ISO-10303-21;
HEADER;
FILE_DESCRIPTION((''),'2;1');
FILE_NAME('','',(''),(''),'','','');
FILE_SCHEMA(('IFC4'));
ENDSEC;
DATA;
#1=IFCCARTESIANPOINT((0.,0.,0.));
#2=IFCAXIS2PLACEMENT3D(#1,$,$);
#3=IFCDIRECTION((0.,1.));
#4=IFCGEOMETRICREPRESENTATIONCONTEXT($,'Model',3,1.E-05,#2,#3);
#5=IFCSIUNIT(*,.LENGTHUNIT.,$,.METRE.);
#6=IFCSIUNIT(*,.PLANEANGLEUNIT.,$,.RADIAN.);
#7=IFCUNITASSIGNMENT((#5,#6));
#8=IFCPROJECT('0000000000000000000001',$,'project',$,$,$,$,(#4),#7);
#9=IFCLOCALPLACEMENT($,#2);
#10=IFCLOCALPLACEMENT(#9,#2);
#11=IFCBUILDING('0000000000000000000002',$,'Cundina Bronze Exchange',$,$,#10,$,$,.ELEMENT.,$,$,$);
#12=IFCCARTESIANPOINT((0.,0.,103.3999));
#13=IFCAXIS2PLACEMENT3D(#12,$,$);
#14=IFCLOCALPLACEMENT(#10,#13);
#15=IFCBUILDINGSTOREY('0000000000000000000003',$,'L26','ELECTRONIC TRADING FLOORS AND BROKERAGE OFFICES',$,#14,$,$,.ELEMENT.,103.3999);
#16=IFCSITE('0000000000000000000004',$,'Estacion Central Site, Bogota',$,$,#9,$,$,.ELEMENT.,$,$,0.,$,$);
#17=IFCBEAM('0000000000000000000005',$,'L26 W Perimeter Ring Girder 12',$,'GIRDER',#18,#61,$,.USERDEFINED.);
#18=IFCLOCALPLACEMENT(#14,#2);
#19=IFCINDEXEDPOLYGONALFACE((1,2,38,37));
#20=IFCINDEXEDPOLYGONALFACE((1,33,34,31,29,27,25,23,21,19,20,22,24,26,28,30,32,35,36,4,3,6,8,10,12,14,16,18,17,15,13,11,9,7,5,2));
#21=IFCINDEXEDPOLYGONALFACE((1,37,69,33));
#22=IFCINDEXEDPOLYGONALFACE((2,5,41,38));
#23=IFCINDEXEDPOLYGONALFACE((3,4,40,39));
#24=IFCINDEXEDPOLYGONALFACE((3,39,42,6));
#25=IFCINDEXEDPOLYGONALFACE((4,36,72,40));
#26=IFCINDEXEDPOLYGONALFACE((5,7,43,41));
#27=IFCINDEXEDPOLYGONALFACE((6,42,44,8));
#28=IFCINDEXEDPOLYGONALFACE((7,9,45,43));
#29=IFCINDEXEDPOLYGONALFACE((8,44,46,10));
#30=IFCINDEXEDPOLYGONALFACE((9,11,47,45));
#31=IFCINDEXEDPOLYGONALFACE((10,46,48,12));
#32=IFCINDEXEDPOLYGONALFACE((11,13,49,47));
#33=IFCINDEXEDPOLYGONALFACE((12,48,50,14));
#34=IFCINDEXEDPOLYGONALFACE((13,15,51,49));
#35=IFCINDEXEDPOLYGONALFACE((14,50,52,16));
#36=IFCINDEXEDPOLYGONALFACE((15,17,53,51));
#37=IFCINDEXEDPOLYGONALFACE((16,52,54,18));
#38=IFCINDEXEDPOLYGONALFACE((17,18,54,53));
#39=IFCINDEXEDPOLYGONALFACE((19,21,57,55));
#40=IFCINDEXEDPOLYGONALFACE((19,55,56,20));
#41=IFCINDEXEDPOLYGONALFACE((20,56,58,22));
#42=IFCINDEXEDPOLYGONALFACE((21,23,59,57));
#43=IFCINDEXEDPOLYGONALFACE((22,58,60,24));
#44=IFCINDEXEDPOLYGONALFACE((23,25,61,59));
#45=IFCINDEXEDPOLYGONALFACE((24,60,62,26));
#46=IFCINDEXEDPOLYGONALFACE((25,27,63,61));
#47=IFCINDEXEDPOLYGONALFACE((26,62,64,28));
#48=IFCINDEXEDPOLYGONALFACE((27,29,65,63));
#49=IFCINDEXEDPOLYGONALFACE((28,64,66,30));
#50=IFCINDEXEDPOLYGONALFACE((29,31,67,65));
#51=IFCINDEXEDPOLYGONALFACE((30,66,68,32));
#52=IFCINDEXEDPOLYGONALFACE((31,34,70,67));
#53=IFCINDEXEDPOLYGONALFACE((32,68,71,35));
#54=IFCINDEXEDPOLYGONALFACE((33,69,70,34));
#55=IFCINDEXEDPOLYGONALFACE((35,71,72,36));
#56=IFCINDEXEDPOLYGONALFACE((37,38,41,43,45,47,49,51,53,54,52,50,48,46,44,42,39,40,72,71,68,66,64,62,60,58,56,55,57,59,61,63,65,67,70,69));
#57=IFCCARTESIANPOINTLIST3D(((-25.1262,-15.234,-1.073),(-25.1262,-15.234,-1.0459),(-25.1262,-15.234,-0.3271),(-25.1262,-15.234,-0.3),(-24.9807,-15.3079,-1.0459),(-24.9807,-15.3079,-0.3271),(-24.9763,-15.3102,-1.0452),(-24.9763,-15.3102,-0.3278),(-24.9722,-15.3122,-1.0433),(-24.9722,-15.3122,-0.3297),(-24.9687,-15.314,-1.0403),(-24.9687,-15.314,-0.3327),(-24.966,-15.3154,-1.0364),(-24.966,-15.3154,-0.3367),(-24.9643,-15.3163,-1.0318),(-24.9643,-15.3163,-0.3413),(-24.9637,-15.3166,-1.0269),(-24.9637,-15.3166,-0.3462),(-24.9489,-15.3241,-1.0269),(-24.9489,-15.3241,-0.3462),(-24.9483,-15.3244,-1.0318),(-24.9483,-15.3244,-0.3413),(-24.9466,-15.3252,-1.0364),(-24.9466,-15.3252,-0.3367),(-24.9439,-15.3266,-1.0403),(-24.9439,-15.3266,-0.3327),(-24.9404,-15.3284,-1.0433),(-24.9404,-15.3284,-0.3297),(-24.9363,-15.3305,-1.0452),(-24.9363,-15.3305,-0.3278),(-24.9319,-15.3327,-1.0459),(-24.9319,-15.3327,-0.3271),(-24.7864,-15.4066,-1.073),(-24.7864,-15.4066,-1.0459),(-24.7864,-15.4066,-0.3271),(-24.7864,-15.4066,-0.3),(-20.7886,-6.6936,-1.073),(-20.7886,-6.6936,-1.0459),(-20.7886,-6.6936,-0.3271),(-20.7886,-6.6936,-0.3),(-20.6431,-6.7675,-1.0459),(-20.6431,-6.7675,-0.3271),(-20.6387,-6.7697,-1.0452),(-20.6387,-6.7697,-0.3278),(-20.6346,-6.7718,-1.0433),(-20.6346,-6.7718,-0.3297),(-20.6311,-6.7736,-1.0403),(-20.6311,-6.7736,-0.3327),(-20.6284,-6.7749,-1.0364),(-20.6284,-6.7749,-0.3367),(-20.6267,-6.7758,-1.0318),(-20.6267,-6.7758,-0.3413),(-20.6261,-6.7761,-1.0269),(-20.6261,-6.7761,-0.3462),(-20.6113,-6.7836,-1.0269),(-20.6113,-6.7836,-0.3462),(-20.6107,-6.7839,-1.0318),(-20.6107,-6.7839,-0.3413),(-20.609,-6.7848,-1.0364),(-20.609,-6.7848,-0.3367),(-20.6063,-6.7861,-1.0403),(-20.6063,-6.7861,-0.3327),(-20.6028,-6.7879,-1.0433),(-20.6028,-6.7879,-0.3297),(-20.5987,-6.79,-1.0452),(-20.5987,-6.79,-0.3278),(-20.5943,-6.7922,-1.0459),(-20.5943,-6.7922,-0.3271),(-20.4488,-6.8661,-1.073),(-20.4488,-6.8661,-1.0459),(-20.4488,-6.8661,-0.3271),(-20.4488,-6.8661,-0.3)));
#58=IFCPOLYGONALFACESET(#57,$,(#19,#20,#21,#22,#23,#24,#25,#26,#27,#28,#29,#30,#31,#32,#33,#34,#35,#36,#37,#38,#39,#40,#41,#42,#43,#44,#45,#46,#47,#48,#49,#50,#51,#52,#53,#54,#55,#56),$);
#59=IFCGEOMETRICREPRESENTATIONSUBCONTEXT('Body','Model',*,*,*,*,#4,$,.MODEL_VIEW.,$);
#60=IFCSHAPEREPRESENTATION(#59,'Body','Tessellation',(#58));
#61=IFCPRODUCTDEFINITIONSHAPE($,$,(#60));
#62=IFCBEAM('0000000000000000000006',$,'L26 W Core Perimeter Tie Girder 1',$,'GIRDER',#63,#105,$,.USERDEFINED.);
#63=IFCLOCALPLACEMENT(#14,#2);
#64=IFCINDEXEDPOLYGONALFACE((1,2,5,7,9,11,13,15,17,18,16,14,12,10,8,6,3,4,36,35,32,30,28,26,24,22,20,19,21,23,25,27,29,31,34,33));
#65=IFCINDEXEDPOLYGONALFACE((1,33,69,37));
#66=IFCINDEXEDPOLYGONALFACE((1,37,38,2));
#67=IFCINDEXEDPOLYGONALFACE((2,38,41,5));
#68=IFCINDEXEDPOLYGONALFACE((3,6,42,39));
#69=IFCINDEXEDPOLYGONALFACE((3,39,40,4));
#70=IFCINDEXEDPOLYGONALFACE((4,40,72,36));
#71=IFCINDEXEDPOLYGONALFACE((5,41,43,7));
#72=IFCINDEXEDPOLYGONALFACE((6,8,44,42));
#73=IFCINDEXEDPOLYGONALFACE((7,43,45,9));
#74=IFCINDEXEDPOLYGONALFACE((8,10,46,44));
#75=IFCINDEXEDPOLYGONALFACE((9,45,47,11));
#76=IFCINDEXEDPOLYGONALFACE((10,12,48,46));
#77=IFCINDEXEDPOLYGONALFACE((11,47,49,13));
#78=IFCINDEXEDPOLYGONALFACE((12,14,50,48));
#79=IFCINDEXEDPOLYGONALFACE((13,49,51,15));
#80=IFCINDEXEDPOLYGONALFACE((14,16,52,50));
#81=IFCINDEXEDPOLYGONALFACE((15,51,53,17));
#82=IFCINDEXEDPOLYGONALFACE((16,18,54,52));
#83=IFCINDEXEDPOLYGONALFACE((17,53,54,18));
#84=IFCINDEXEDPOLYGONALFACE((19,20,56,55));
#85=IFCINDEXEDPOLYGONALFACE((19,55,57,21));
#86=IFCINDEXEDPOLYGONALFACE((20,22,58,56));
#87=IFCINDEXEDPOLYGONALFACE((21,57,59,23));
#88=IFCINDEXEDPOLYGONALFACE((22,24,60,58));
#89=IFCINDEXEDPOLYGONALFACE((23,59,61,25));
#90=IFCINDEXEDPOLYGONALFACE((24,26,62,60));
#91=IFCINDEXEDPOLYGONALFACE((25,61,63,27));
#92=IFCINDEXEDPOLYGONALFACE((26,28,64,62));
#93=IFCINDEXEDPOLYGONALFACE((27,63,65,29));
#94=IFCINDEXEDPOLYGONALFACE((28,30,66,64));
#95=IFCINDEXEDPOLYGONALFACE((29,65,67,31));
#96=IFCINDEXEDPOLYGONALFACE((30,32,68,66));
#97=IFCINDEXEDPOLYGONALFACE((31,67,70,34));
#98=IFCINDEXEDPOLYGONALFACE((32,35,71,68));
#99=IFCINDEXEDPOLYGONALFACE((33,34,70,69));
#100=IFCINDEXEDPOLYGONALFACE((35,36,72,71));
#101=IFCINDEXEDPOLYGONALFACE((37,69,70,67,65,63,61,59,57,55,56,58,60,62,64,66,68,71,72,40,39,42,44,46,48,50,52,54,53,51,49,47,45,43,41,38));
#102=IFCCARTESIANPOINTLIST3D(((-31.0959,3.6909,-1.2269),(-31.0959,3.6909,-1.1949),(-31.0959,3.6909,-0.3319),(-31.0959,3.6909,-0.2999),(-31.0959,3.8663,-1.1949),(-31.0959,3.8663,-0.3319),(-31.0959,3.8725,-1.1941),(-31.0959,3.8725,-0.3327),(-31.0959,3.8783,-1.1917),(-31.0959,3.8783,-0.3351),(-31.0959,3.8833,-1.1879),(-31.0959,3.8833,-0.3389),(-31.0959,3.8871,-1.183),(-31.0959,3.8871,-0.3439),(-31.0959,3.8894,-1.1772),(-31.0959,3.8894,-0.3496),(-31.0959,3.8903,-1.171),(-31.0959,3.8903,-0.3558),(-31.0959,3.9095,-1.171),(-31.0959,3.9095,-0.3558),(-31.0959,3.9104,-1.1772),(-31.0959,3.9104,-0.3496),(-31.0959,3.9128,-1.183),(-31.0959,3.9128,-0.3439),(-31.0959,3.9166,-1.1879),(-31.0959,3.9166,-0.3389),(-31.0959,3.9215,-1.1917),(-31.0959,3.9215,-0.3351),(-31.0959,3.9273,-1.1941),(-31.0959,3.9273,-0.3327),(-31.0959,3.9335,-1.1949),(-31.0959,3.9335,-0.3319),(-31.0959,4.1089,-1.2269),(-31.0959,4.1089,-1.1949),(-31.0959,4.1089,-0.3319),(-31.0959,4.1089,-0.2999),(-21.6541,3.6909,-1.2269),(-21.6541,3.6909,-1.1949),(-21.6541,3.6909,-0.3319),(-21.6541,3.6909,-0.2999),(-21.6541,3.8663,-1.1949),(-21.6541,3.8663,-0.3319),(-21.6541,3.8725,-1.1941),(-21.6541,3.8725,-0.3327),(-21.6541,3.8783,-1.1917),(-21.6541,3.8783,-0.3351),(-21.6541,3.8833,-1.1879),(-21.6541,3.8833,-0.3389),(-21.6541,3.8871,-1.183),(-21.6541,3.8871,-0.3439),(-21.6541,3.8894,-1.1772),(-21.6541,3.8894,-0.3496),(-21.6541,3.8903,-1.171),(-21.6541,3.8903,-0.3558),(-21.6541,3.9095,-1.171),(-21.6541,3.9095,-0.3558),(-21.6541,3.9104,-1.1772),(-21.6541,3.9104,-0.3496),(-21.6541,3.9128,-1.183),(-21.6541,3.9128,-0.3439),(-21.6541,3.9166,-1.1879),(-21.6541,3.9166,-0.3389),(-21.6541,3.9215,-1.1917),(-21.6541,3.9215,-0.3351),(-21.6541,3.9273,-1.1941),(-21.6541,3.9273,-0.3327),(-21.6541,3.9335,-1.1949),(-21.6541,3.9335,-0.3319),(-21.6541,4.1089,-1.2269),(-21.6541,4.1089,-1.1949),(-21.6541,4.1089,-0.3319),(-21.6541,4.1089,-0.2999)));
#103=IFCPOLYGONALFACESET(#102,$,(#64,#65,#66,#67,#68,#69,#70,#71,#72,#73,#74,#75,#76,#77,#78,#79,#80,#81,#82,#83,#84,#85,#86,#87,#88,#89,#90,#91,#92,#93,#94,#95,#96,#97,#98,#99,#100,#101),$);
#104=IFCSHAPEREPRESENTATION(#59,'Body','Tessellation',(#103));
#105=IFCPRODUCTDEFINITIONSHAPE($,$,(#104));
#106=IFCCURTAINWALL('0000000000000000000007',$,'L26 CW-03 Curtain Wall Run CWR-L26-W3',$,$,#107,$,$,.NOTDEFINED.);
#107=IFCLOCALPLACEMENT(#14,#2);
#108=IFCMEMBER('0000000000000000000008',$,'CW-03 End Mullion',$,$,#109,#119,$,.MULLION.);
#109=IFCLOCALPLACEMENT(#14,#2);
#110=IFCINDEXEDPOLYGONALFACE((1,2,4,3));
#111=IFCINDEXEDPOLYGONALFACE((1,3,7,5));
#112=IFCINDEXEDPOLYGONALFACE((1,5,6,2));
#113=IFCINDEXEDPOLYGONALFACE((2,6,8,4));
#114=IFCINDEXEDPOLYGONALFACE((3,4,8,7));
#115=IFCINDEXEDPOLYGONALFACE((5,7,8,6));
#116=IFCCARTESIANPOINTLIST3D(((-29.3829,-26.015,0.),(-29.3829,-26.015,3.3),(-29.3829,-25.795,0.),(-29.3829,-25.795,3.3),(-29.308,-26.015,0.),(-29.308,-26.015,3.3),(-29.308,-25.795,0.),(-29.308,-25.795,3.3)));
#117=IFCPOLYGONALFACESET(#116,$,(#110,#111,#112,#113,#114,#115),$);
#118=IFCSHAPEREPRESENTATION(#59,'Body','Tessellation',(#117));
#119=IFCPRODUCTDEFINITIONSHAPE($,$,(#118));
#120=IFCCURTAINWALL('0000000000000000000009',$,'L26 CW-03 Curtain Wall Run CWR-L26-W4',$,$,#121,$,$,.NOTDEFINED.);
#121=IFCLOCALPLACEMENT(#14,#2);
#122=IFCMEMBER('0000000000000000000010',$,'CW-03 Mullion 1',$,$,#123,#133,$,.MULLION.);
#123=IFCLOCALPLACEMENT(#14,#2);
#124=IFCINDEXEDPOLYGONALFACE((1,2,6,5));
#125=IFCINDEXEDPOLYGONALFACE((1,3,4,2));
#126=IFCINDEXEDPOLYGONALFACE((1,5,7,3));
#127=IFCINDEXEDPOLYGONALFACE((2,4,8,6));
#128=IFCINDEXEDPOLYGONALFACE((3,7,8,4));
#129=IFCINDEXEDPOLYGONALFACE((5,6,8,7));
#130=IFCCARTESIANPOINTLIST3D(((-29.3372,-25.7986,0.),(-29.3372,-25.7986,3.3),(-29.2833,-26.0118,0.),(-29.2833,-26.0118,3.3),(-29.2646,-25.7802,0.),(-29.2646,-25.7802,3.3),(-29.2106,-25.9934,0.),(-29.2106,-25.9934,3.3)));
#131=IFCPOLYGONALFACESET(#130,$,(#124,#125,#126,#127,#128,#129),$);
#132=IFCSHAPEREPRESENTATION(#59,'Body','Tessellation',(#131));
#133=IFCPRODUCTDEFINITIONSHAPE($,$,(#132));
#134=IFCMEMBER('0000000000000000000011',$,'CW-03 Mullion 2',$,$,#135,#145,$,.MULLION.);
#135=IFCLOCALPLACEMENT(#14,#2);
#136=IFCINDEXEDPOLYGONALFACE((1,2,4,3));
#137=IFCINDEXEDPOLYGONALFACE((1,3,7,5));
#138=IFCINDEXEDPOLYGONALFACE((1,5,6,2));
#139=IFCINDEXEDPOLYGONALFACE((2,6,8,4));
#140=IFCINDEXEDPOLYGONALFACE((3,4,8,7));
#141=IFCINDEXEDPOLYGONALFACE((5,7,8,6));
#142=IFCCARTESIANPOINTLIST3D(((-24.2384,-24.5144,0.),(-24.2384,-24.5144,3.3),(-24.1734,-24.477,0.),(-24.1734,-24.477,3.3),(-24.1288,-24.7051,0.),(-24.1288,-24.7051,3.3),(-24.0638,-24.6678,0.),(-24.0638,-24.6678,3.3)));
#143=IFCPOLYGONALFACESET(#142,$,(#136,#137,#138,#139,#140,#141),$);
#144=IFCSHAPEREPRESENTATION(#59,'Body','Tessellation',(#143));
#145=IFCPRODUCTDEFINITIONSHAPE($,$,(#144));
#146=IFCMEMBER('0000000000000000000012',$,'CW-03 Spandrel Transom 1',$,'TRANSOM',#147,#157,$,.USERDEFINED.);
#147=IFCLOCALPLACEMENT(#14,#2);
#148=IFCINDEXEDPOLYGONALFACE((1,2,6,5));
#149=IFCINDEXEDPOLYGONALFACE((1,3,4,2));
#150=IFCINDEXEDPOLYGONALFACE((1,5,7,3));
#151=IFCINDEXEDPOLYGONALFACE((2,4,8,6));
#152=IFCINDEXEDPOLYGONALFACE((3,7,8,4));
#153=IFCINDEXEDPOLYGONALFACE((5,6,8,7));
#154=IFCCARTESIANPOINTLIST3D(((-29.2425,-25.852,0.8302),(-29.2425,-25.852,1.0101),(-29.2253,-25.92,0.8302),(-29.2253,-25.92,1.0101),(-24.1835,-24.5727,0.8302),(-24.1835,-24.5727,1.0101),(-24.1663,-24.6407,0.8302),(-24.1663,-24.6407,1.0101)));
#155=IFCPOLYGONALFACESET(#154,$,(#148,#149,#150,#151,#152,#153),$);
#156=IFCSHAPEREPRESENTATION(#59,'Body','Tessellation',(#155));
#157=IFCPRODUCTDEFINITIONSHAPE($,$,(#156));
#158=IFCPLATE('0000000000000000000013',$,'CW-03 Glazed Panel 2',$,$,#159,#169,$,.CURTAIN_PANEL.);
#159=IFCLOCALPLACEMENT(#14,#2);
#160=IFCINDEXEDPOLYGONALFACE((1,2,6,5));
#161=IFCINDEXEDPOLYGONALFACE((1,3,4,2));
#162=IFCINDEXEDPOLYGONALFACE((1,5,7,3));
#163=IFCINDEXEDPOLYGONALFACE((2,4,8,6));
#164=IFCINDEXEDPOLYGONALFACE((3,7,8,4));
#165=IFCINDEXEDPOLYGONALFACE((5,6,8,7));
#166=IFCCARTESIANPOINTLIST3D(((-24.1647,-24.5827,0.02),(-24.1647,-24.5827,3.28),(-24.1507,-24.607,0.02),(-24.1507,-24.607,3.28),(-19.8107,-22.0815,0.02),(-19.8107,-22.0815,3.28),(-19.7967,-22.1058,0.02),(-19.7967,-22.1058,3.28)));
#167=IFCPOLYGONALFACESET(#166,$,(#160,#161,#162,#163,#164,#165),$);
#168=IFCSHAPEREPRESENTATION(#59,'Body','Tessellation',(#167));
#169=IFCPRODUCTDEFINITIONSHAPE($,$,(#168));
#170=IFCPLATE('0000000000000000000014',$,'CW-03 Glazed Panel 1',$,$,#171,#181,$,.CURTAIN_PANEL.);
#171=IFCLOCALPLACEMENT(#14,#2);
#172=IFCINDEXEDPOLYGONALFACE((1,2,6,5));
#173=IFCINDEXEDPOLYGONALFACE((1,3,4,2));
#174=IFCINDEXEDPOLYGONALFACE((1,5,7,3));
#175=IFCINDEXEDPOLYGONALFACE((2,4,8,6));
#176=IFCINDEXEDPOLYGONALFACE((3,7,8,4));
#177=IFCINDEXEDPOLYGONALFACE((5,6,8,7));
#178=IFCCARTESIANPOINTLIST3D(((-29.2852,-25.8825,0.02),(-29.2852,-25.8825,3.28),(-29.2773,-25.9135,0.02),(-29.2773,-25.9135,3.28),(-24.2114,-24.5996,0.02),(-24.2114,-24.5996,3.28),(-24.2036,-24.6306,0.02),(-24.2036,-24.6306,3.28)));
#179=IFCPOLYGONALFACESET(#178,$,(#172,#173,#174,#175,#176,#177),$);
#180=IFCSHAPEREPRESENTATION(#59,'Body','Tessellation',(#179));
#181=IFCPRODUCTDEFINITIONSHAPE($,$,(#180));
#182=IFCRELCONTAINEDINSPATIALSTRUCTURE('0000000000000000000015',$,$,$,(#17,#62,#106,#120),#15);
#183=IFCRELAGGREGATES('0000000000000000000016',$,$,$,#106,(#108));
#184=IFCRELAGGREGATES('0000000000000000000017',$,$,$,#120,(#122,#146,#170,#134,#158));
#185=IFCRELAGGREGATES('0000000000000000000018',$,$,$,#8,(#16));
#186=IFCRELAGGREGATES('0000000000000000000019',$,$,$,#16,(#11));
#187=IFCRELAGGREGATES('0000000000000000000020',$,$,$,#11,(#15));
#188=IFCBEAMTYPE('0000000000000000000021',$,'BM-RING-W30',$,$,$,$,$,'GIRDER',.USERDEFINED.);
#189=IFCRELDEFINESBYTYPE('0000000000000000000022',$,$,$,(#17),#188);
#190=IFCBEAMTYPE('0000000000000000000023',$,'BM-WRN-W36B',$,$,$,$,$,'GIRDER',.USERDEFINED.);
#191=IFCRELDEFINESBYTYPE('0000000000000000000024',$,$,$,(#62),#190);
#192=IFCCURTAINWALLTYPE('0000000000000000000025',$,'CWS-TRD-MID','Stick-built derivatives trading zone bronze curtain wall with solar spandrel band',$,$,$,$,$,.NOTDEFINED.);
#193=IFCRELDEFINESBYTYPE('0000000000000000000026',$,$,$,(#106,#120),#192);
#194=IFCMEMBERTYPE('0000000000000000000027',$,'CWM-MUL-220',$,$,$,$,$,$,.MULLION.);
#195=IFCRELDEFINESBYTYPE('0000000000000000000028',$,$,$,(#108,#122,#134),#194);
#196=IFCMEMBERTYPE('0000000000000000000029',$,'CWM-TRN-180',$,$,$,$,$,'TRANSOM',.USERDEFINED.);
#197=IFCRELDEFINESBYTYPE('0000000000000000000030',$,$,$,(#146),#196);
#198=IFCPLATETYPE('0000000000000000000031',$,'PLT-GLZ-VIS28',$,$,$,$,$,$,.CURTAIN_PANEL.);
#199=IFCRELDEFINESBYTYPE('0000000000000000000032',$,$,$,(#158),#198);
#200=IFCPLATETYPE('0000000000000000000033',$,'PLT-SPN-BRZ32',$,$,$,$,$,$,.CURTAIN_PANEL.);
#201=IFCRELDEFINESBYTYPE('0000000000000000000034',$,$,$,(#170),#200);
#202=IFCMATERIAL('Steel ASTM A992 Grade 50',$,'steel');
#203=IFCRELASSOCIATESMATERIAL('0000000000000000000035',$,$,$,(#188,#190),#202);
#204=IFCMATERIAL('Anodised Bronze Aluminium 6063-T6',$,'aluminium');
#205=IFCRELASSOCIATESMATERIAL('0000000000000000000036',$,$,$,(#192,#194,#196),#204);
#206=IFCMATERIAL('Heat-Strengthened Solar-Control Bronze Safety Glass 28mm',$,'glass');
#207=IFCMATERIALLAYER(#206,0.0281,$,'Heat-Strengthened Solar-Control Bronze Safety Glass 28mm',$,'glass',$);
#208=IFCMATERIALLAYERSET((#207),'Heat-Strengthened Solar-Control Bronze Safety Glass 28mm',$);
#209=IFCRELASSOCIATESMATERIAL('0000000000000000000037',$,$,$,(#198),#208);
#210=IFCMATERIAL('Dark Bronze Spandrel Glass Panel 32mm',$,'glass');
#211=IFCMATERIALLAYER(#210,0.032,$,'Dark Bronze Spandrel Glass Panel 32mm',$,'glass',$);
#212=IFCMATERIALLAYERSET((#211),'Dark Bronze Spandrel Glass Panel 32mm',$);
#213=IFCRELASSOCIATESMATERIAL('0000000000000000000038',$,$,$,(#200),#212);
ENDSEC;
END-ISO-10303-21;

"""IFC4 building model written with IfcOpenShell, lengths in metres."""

from ifc_helpers import new_model, si_unit, direction, frame, origin, origin_2d, place, context, subcontext, project, spatial, rectangle, i_section, extrude, material, layer, layer_set, material_profile, profile_set, type_object, element, aggregate, save


model = new_model("IFC4")

# Units and contexts
model_context = context("Model", 3, precision=1e-05, world=origin(), true_north=direction((0.0, 1.0)))
body_context = subcontext(model_context, "Body", "Model", "MODEL_VIEW")
ifc_project = project(units=[si_unit("LENGTHUNIT", "METRE"), si_unit("PLANEANGLEUNIT", "RADIAN")], contexts=[model_context])

# Site, building, storey
site_placement = place(None, origin())
site = spatial("IfcSite", under=ifc_project, at=site_placement, Name="Estacion Central Site, Bogota", CompositionType="ELEMENT", RefElevation=0.0)
building_placement = place(site_placement, origin())
building = spatial("IfcBuilding", under=site, at=building_placement, Name="Cundina Bronze Exchange", CompositionType="ELEMENT")
storey_placement = place(building_placement, frame((0.0, 0.0, 103.3999)))
storey = spatial("IfcBuildingStorey", under=building, at=storey_placement, Name="L26", Description="ELECTRONIC TRADING FLOORS AND BROKERAGE OFFICES", CompositionType="ELEMENT", Elevation=103.3999)

# Shared definitions
ifc_material_1 = material(Name="Steel ASTM A992 Grade 50", Category="steel")

# Beams
ifc_material_profile_1 = material_profile(ifc_material_1, i_section(OverallWidth=0.3811, OverallDepth=0.7729, WebThickness=0.0166, FlangeThickness=0.0271, FilletRadius=0.019, at=origin_2d()), Name="W30X173", Category="steel")
ifc_profile_set_1 = profile_set([ifc_material_profile_1], Name="Steel ASTM A992 Grade 50")
beam_type_1 = type_object("IfcBeamType", Name="BM-RING-W30", ElementType="GIRDER", PredefinedType="USERDEFINED", material=ifc_profile_set_1)
beam_1_placement = place(storey_placement, frame((-24.9563, -15.3203, -0.6865), z_axis=(0.452832, 0.891596, 0.0), x_axis=(-0.891596, 0.452832, 0.0)))
element("IfcBeam", 1, at=beam_1_placement, inside=storey, type_object=beam_type_1, Name="L26 W Perimeter Ring Girder 12", ObjectType="GIRDER", PredefinedType="USERDEFINED", context=body_context, shape_type="SweptSolid", body=[
    extrude(i_section(OverallWidth=0.3811, OverallDepth=0.7729, WebThickness=0.0166, FlangeThickness=0.0271, FilletRadius=0.019, at=origin_2d()), origin(), (0.0, 0.0, 1.0), 9.5789),
])
ifc_material_profile_2 = material_profile(ifc_material_1, i_section(OverallWidth=0.418, OverallDepth=0.927, WebThickness=0.0193, FlangeThickness=0.032, FilletRadius=0.0239, at=origin_2d()), Name="W36X231", Category="steel")
ifc_profile_set_2 = profile_set([ifc_material_profile_2], Name="Steel ASTM A992 Grade 50")
beam_type_2 = type_object("IfcBeamType", Name="BM-WRN-W36B", ElementType="GIRDER", PredefinedType="USERDEFINED", material=ifc_profile_set_2)
beam_2_placement = place(storey_placement, frame((-31.0959, 3.8999, -0.7634), z_axis=(1.0, 0.0, 0.0), x_axis=(0.0, 1.0, 0.0)))
element("IfcBeam", 2, at=beam_2_placement, inside=storey, type_object=beam_type_2, Name="L26 W Core Perimeter Tie Girder 1", ObjectType="GIRDER", PredefinedType="USERDEFINED", context=body_context, shape_type="SweptSolid", body=[
    extrude(i_section(OverallWidth=0.418, OverallDepth=0.927, WebThickness=0.0193, FlangeThickness=0.032, FilletRadius=0.0239, at=origin_2d()), origin(), (0.0, 0.0, 1.0), 9.4419),
])

# Curtain wall, member
ifc_material_2 = material(Name="Anodised Bronze Aluminium 6063-T6", Category="aluminium")
curtain_wall_type = type_object("IfcCurtainWallType", Name="CWS-TRD-MID", Description="Stick-built derivatives trading zone bronze curtain wall with solar spandrel band", PredefinedType="NOTDEFINED", material=ifc_material_2)
curtain_wall_1_placement = place(storey_placement, origin())
curtain_wall_1 = element("IfcCurtainWall", 3, at=curtain_wall_1_placement, inside=storey, type_object=curtain_wall_type, Name="L26 CW-03 Curtain Wall Run CWR-L26-W3", PredefinedType="NOTDEFINED")
ifc_material_profile_3 = material_profile(ifc_material_2, rectangle(XDim=0.075, YDim=0.22, at=origin_2d()), Name="AL75X220", Category="aluminium")
ifc_profile_set_3 = profile_set([ifc_material_profile_3], Name="Anodised Bronze Aluminium 6063-T6")
member_type_1 = type_object("IfcMemberType", Name="CWM-MUL-220", PredefinedType="MULLION", material=ifc_profile_set_3)
member_1_placement = place(storey_placement, frame((-29.3455, -25.905, 0.0), z_axis=(0.0, 0.0, 1.0), x_axis=(1.0, 0.0, 0.0)))
member_1 = element("IfcMember", 4, at=member_1_placement, type_object=member_type_1, Name="CW-03 End Mullion", PredefinedType="MULLION", context=body_context, shape_type="SweptSolid", body=[
    extrude(rectangle(XDim=0.075, YDim=0.22, at=origin_2d()), origin(), (0.0, 0.0, 1.0), 3.3),
])
aggregate(curtain_wall_1, [member_1])

# Curtain wall, members, plates
curtain_wall_2_placement = place(storey_placement, origin())
curtain_wall_2 = element("IfcCurtainWall", 5, at=curtain_wall_2_placement, inside=storey, type_object=curtain_wall_type, Name="L26 CW-03 Curtain Wall Run CWR-L26-W4", PredefinedType="NOTDEFINED")
member_2_placement = place(storey_placement, frame((-29.2739, -25.896, 0.0), z_axis=(0.0, 0.0, 1.0), x_axis=(0.969488, 0.245138, 0.0)))
member_2 = element("IfcMember", 6, at=member_2_placement, type_object=member_type_1, Name="CW-03 Mullion 1", PredefinedType="MULLION", context=body_context, shape_type="SweptSolid", body=[
    extrude(rectangle(XDim=0.075, YDim=0.22, at=origin_2d()), origin(), (0.0, 0.0, 1.0), 3.3),
])
member_3_placement = place(storey_placement, frame((-24.1511, -24.5911, 0.0), z_axis=(0.0, 0.0, 1.0), x_axis=(0.867071, 0.498185, 0.0)))
member_3 = element("IfcMember", 7, at=member_3_placement, type_object=member_type_1, Name="CW-03 Mullion 2", PredefinedType="MULLION", context=body_context, shape_type="SweptSolid", body=[
    extrude(rectangle(XDim=0.075, YDim=0.22, at=origin_2d()), origin(), (0.0, 0.0, 1.0), 3.3),
])
ifc_material_profile_4 = material_profile(ifc_material_2, rectangle(XDim=0.0701, YDim=0.1799, at=origin_2d()), Name="AL70X180", Category="aluminium")
ifc_profile_set_4 = profile_set([ifc_material_profile_4], Name="Anodised Bronze Aluminium 6063-T6")
member_type_2 = type_object("IfcMemberType", Name="CWM-TRN-180", ElementType="TRANSOM", PredefinedType="USERDEFINED", material=ifc_profile_set_4)
member_4_placement = place(storey_placement, frame((-29.2339, -25.886, 0.9202), z_axis=(0.969484, 0.245155, 0.0), x_axis=(-0.245155, 0.969484, 0.0)))
member_4 = element("IfcMember", 8, at=member_4_placement, type_object=member_type_2, Name="CW-03 Spandrel Transom 1", ObjectType="TRANSOM", PredefinedType="USERDEFINED", context=body_context, shape_type="SweptSolid", body=[
    extrude(rectangle(XDim=0.0701, YDim=0.1799, at=origin_2d()), origin(), (0.0, 0.0, 1.0), 5.2183),
])
ifc_material_3 = material(Name="Heat-Strengthened Solar-Control Bronze Safety Glass 28mm", Category="glass")
ifc_layer_1 = layer(ifc_material_3, 0.0281, Name="Heat-Strengthened Solar-Control Bronze Safety Glass 28mm", Category="glass")
ifc_layer_set_1 = layer_set([ifc_layer_1], Name="Heat-Strengthened Solar-Control Bronze Safety Glass 28mm")
plate_type_1 = type_object("IfcPlateType", Name="PLT-GLZ-VIS28", PredefinedType="CURTAIN_PANEL", material=ifc_layer_set_1)
plate_1_placement = place(storey_placement, frame((-21.9807, -23.3442, 0.02), z_axis=(0.0, 0.0, 1.0), x_axis=(0.867105, 0.498125, 0.0)))
plate_1 = element("IfcPlate", 9, at=plate_1_placement, type_object=plate_type_1, Name="CW-03 Glazed Panel 2", PredefinedType="CURTAIN_PANEL", context=body_context, shape_type="SweptSolid", body=[
    extrude(rectangle(XDim=5.0212, YDim=0.0281, at=origin_2d()), origin(), (0.0, 0.0, 1.0), 3.26),
])
ifc_material_4 = material(Name="Dark Bronze Spandrel Glass Panel 32mm", Category="glass")
ifc_layer_2 = layer(ifc_material_4, 0.032, Name="Dark Bronze Spandrel Glass Panel 32mm", Category="glass")
ifc_layer_set_2 = layer_set([ifc_layer_2], Name="Dark Bronze Spandrel Glass Panel 32mm")
plate_type_2 = type_object("IfcPlateType", Name="PLT-SPN-BRZ32", PredefinedType="CURTAIN_PANEL", material=ifc_layer_set_2)
plate_2_placement = place(storey_placement, frame((-26.7444, -25.2566, 0.02), z_axis=(0.0, 0.0, 1.0), x_axis=(0.969488, 0.245138, 0.0)))
plate_2 = element("IfcPlate", 10, at=plate_2_placement, type_object=plate_type_2, Name="CW-03 Glazed Panel 1", PredefinedType="CURTAIN_PANEL", context=body_context, shape_type="SweptSolid", body=[
    extrude(rectangle(XDim=5.2334, YDim=0.032, at=origin_2d()), origin(), (0.0, 0.0, 1.0), 3.26),
])
aggregate(curtain_wall_2, [member_2, member_4, plate_2, member_3, plate_1])

save(model, "model.ifc")
